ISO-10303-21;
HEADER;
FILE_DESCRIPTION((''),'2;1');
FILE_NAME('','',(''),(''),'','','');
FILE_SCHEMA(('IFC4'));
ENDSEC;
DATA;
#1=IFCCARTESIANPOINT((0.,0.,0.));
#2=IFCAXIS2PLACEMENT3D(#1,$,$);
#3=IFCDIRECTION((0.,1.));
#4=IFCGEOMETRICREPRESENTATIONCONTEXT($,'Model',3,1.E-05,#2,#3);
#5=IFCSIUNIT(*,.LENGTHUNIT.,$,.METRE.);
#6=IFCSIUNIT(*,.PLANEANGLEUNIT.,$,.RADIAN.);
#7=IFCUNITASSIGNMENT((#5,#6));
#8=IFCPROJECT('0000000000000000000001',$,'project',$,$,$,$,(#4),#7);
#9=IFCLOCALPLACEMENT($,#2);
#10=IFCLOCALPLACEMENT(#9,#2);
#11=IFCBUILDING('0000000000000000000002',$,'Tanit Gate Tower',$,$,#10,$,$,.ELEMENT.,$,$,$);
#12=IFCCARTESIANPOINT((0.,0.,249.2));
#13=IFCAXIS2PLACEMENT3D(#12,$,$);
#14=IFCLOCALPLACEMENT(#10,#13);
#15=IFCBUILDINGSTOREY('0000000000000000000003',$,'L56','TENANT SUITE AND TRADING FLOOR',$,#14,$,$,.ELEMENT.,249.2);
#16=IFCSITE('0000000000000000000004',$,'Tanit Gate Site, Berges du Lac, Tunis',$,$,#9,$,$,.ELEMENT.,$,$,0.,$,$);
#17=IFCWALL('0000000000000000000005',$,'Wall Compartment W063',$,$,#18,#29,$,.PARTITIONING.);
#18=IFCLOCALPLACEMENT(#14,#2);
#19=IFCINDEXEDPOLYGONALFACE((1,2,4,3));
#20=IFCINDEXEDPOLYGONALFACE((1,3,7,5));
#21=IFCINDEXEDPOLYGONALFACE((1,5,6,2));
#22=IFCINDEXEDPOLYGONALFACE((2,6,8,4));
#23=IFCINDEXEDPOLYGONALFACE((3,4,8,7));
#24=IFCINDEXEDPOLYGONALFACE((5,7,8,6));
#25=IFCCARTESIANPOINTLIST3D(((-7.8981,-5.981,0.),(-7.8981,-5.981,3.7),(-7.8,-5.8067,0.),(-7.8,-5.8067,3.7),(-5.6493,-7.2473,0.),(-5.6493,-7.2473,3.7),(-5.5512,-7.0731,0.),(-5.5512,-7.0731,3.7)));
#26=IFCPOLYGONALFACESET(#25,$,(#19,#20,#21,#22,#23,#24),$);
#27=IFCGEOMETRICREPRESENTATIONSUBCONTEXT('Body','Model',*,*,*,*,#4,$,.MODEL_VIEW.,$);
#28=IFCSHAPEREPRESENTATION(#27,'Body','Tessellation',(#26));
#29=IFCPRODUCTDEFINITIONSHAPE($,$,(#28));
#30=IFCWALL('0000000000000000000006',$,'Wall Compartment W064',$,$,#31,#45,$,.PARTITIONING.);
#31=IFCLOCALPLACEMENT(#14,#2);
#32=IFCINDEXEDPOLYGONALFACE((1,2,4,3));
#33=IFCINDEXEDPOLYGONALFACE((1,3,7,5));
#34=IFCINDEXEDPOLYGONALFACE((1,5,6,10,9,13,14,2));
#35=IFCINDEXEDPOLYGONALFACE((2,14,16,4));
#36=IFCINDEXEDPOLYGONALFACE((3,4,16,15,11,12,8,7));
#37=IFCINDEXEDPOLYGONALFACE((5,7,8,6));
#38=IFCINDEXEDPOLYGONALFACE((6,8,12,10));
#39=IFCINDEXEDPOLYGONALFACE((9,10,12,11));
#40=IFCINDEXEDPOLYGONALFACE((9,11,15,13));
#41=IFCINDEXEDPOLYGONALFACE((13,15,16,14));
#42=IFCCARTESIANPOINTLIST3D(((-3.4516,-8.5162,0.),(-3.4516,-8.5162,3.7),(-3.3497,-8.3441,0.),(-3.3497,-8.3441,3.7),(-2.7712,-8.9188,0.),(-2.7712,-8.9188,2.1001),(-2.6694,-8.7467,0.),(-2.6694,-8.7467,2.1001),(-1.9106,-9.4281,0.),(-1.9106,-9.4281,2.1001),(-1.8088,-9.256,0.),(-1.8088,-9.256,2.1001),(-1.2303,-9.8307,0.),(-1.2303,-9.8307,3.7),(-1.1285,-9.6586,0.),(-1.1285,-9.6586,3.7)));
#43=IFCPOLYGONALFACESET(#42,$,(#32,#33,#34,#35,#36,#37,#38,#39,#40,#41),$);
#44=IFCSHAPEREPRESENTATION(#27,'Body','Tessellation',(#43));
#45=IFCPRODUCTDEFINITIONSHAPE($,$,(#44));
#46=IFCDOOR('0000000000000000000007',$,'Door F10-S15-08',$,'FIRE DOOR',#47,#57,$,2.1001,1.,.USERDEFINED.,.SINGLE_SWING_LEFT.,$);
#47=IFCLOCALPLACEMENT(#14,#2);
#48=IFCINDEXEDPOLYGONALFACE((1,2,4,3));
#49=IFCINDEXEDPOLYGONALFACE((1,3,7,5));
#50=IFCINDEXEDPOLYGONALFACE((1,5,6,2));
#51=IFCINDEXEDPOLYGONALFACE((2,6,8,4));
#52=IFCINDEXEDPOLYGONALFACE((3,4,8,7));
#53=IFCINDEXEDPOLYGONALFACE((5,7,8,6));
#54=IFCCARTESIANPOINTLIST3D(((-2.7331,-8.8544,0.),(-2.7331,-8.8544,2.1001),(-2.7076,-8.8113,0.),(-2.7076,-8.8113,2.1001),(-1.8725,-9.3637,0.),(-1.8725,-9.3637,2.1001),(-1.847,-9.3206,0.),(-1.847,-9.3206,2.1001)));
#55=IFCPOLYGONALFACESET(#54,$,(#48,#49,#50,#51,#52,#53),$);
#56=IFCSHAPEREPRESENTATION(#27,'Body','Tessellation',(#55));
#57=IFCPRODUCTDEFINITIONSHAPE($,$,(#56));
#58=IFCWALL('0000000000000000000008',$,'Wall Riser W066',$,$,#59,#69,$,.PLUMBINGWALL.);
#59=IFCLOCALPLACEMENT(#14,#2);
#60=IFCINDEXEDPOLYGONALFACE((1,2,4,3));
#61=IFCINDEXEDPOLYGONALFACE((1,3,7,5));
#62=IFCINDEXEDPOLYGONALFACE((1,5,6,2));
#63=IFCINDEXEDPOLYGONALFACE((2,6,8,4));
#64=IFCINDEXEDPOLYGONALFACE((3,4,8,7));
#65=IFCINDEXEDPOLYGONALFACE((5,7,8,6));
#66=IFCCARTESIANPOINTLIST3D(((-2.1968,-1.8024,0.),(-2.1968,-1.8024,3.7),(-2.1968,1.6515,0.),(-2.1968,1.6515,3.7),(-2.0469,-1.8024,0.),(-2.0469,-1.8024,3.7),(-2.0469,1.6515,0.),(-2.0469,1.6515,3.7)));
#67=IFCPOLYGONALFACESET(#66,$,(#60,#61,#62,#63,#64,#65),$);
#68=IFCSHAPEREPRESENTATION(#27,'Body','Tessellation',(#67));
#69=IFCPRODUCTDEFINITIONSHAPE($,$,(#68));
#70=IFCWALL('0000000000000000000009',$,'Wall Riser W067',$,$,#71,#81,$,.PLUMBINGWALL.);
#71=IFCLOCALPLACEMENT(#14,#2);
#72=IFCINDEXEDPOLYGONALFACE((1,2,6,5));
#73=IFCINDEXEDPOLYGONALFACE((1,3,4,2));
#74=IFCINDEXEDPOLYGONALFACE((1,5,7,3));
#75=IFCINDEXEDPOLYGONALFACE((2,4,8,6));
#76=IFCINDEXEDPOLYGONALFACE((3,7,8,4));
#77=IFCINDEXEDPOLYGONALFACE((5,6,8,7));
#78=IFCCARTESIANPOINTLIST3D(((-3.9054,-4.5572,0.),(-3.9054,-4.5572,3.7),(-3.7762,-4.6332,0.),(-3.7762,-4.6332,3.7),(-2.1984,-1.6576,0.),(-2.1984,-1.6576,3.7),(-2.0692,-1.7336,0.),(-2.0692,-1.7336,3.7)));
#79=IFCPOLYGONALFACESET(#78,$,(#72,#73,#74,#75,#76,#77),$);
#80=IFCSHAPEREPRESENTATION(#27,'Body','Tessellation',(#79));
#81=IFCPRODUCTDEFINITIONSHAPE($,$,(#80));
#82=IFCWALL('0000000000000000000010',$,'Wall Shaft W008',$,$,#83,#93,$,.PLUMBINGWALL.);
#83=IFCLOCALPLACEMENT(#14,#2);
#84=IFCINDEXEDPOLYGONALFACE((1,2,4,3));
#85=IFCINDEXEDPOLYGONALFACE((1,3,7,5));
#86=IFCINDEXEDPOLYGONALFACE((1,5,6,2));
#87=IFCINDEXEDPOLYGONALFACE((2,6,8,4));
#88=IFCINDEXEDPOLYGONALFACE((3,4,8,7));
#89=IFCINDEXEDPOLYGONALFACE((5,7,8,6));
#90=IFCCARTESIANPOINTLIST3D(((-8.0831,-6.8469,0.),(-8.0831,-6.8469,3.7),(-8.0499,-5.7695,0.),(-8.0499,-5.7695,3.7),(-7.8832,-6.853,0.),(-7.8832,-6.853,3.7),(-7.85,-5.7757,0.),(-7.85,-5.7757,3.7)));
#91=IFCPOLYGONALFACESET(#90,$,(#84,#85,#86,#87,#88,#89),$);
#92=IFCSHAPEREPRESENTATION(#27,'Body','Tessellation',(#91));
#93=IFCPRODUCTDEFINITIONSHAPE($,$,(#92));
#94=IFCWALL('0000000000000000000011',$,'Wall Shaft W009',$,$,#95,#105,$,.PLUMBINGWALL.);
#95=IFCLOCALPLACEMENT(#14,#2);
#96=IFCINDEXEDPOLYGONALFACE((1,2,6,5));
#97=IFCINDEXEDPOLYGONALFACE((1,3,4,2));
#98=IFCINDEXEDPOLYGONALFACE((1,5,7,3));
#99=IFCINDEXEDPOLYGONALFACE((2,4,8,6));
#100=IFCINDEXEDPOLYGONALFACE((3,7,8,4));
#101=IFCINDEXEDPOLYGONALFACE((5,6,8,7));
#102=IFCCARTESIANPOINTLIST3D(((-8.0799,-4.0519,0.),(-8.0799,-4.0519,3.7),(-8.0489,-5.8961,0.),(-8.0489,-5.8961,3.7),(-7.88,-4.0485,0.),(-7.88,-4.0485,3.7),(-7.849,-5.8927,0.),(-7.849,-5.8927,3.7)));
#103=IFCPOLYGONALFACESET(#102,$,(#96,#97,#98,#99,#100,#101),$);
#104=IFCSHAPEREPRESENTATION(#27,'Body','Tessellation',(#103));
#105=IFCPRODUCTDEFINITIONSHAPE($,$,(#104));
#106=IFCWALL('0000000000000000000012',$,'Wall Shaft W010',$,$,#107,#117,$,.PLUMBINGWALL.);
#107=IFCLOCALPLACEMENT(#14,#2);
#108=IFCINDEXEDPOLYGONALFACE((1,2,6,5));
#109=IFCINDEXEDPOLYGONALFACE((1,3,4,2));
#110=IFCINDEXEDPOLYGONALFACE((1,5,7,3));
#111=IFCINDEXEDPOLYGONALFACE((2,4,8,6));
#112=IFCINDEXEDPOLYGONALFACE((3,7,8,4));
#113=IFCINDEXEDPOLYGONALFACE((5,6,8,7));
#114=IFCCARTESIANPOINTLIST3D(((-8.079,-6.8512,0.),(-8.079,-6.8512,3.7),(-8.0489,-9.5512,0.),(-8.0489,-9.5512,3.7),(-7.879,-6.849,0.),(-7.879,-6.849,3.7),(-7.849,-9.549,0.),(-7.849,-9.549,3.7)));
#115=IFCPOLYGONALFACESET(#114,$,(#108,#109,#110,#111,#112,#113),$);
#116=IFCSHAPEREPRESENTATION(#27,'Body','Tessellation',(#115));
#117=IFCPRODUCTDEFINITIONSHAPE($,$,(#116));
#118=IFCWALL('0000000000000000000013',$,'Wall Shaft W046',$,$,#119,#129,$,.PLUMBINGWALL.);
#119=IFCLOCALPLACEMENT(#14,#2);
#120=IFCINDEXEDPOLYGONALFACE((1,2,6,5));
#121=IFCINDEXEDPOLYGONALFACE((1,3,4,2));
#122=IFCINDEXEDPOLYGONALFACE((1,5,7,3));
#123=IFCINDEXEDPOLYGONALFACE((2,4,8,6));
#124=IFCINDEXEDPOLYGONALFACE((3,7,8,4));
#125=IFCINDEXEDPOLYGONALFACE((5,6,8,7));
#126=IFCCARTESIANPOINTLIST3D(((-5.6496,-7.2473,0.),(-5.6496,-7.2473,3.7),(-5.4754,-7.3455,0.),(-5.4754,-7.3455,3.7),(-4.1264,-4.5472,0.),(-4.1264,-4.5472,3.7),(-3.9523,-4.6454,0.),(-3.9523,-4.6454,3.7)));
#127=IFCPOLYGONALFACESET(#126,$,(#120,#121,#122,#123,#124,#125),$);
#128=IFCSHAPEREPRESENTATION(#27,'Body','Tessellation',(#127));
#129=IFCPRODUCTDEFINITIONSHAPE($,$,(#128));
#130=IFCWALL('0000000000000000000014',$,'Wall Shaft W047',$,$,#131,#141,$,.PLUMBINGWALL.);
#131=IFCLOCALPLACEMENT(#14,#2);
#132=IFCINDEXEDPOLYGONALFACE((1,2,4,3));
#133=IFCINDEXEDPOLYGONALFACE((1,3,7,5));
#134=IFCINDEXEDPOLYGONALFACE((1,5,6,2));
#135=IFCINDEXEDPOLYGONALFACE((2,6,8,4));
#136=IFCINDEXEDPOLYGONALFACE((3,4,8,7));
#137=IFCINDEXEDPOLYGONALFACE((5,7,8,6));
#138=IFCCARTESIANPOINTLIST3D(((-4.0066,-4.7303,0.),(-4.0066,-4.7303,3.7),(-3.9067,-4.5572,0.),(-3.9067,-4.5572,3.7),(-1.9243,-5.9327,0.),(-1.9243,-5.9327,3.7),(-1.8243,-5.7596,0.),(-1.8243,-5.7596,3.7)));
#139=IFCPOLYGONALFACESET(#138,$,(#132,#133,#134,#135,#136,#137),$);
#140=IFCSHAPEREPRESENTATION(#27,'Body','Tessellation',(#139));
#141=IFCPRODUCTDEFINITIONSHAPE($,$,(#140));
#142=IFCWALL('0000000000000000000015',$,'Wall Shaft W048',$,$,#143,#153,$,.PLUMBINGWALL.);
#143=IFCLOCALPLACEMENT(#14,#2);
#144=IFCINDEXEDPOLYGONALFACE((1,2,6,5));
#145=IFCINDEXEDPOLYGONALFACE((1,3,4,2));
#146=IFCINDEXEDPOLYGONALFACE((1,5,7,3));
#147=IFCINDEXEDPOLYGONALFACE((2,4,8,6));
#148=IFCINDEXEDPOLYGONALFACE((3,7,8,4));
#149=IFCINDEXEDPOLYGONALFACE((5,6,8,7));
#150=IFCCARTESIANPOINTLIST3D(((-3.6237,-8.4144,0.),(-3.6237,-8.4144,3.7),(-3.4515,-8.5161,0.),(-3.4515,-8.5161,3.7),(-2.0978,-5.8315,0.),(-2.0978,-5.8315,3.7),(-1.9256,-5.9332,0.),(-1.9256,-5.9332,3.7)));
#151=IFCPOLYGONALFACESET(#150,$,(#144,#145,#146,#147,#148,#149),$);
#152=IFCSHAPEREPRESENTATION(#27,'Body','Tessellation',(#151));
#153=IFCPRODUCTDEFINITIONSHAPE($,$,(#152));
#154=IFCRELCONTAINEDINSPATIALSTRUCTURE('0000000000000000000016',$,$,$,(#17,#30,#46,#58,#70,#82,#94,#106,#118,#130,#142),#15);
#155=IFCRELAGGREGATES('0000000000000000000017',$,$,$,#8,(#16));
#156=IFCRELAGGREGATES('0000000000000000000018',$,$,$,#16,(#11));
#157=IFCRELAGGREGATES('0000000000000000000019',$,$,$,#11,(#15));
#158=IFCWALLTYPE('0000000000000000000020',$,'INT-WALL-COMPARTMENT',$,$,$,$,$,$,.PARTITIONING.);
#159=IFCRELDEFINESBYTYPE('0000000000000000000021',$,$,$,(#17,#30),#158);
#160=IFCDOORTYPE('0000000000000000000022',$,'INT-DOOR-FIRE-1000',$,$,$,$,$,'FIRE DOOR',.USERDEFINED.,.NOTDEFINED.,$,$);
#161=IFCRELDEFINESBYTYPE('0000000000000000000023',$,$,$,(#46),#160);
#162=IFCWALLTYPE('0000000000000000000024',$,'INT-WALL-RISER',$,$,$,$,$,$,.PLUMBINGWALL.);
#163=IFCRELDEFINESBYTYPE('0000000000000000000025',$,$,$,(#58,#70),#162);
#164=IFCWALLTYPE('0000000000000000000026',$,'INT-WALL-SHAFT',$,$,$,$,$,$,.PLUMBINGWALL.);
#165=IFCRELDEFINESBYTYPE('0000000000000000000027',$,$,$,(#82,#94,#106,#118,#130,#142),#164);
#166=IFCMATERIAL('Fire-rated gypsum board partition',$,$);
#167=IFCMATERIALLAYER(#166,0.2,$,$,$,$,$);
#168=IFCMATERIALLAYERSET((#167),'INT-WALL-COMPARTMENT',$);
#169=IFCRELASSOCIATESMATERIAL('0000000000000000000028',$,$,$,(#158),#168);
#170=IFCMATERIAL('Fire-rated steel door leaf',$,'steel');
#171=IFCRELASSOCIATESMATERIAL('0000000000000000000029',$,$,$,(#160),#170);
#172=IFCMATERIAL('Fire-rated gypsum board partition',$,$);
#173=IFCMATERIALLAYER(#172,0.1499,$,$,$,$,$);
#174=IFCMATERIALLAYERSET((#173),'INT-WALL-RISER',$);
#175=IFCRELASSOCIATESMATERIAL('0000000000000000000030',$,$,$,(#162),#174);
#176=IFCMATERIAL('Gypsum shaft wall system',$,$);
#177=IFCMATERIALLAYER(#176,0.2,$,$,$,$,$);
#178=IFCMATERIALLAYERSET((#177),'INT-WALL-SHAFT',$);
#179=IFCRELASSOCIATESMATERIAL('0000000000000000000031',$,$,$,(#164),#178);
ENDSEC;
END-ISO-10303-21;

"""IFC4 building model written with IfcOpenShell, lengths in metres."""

from ifc_helpers import new_model, si_unit, direction, frame, frame_2d, origin, place, context, subcontext, project, spatial, rectangle, extrude, material, layer, layer_set, type_object, element, fill, save


model = new_model("IFC4")

# Units and contexts
model_context = context("Model", 3, precision=1e-05, world=origin(), true_north=direction((0.0, 1.0)))
body_context = subcontext(model_context, "Body", "Model", "MODEL_VIEW")
ifc_project = project(units=[si_unit("LENGTHUNIT", "METRE"), si_unit("PLANEANGLEUNIT", "RADIAN")], contexts=[model_context])

# Site, building, storey
site_placement = place(None, origin())
site = spatial("IfcSite", under=ifc_project, at=site_placement, Name="Tanit Gate Site, Berges du Lac, Tunis", CompositionType="ELEMENT", RefElevation=0.0)
building_placement = place(site_placement, origin())
building = spatial("IfcBuilding", under=site, at=building_placement, Name="Tanit Gate Tower", CompositionType="ELEMENT")
storey_placement = place(building_placement, frame((0.0, 0.0, 249.2)))
storey = spatial("IfcBuildingStorey", under=building, at=storey_placement, Name="L56", Description="TENANT SUITE AND TRADING FLOOR", CompositionType="ELEMENT", Elevation=249.2)

# Wall
ifc_material_1 = material(Name="Fire-rated gypsum board partition")
ifc_layer_1 = layer(ifc_material_1, 0.2)
ifc_layer_set_1 = layer_set([ifc_layer_1], Name="INT-WALL-COMPARTMENT")
wall_type_1 = type_object("IfcWallType", Name="INT-WALL-COMPARTMENT", PredefinedType="PARTITIONING", material=ifc_layer_set_1)
wall_1_placement = place(storey_placement, frame((-7.8491, -5.8938, 0.0), z_axis=(0.0, 0.0, 1.0), x_axis=(0.87134, -0.490679, 0.0)))
element("IfcWall", 1, at=wall_1_placement, inside=storey, type_object=wall_type_1, Name="Wall Compartment W063", PredefinedType="PARTITIONING", context=body_context, shape_type="SweptSolid", body=[
    extrude(rectangle(XDim=2.5808, YDim=0.2, at=frame_2d((1.2905, 0.0))), origin(), (0.0, 0.0, 1.0), 3.7),
])

# Wall, opening, door
wall_2_placement = place(storey_placement, frame((-3.4006, -8.4302, 0.0), z_axis=(0.0, 0.0, 1.0), x_axis=(0.860599, -0.509284, 0.0)))
wall_2 = element("IfcWall", 2, at=wall_2_placement, inside=storey, type_object=wall_type_1, Name="Wall Compartment W064", PredefinedType="PARTITIONING", context=body_context, shape_type="SweptSolid", body=[
    extrude(rectangle(XDim=2.5811, YDim=0.2, at=frame_2d((1.2905, 0.0))), origin(), (0.0, 0.0, 1.0), 3.7),
])
opening_1_placement = place(wall_2_placement, frame((0.7905, 0.0, 0.0)))
opening_1 = element("IfcOpeningElement", 3, at=opening_1_placement, cuts=wall_2, PredefinedType="OPENING", context=body_context, shape_type="SweptSolid", body=[
    extrude(rectangle(XDim=1.0, YDim=2.1001, at=frame_2d((0.5, 1.05))), frame((0.0, 0.1099, 0.0), z_axis=(0.0, -1.0, 0.0), x_axis=(1.0, 0.0, 0.0)), (0.0, 0.0, 1.0), 0.22),
])
ifc_material_2 = material(Name="Fire-rated steel door leaf", Category="steel")
door_type_1 = type_object("IfcDoorType", Name="INT-DOOR-FIRE-1000", ElementType="FIRE DOOR", OperationType="NOTDEFINED", PredefinedType="USERDEFINED", material=ifc_material_2)
door_1_placement = place(opening_1_placement, origin())
door_1 = element("IfcDoor", 4, at=door_1_placement, inside=storey, type_object=door_type_1, Name="Door F10-S15-08", ObjectType="FIRE DOOR", OperationType="SINGLE_SWING_LEFT", OverallHeight=2.1001, OverallWidth=1.0, PredefinedType="USERDEFINED", context=body_context, shape_type="SweptSolid", body=[
    extrude(rectangle(XDim=1.0, YDim=2.1001, at=frame_2d((0.5, 1.05))), frame((0.0, 0.0249, 0.0), z_axis=(0.0, -1.0, 0.0), x_axis=(1.0, 0.0, 0.0)), (0.0, 0.0, 1.0), 0.05),
])
fill(opening_1, door_1)

# Walls
ifc_material_3 = material(Name="Fire-rated gypsum board partition")
ifc_layer_2 = layer(ifc_material_3, 0.1499)
ifc_layer_set_2 = layer_set([ifc_layer_2], Name="INT-WALL-RISER")
wall_type_2 = type_object("IfcWallType", Name="INT-WALL-RISER", PredefinedType="PLUMBINGWALL", material=ifc_layer_set_2)
wall_3_placement = place(storey_placement, frame((-2.1218, -1.8025, 0.0), z_axis=(0.0, 0.0, 1.0), x_axis=(0.0, 1.0, 0.0)))
element("IfcWall", 5, at=wall_3_placement, inside=storey, type_object=wall_type_2, Name="Wall Riser W066", PredefinedType="PLUMBINGWALL", context=body_context, shape_type="SweptSolid", body=[
    extrude(rectangle(XDim=3.4539, YDim=0.1499, at=frame_2d((1.7271, 0.0))), origin(), (0.0, 0.0, 1.0), 3.7),
])
wall_4_placement = place(storey_placement, frame((-3.8408, -4.5952, 0.0), z_axis=(0.0, 0.0, 1.0), x_axis=(0.507318, 0.861759, 0.0)))
element("IfcWall", 6, at=wall_4_placement, inside=storey, type_object=wall_type_2, Name="Wall Riser W067", PredefinedType="PLUMBINGWALL", context=body_context, shape_type="SweptSolid", body=[
    extrude(rectangle(XDim=3.3647, YDim=0.1499, at=frame_2d((1.6824, 0.0))), origin(), (0.0, 0.0, 1.0), 3.7),
])
ifc_material_4 = material(Name="Gypsum shaft wall system")
ifc_layer_3 = layer(ifc_material_4, 0.2)
ifc_layer_set_3 = layer_set([ifc_layer_3], Name="INT-WALL-SHAFT")
wall_type_3 = type_object("IfcWallType", Name="INT-WALL-SHAFT", PredefinedType="PLUMBINGWALL", material=ifc_layer_set_3)
wall_5_placement = place(storey_placement, frame((-7.95, -5.7725, 0.0), z_axis=(0.0, 0.0, 1.0), x_axis=(-0.030803, -0.999525, 0.0)))
element("IfcWall", 7, at=wall_5_placement, inside=storey, type_object=wall_type_3, Name="Wall Shaft W008", PredefinedType="PLUMBINGWALL", context=body_context, shape_type="SweptSolid", body=[
    extrude(rectangle(XDim=1.0779, YDim=0.2, at=frame_2d((0.5391, 0.0))), origin(), (0.0, 0.0, 1.0), 3.7),
])
wall_6_placement = place(storey_placement, frame((-7.98, -4.05, 0.0), z_axis=(0.0, 0.0, 1.0), x_axis=(0.01681, -0.999859, 0.0)))
element("IfcWall", 8, at=wall_6_placement, inside=storey, type_object=wall_type_3, Name="Wall Shaft W009", PredefinedType="PLUMBINGWALL", context=body_context, shape_type="SweptSolid", body=[
    extrude(rectangle(XDim=1.8445, YDim=0.2, at=frame_2d((0.9224, 0.0))), origin(), (0.0, 0.0, 1.0), 3.7),
])
wall_7_placement = place(storey_placement, frame((-7.979, -6.8501, 0.0), z_axis=(0.0, 0.0, 1.0), x_axis=(0.011121, -0.999938, 0.0)))
element("IfcWall", 9, at=wall_7_placement, inside=storey, type_object=wall_type_3, Name="Wall Shaft W010", PredefinedType="PLUMBINGWALL", context=body_context, shape_type="SweptSolid", body=[
    extrude(rectangle(XDim=2.7002, YDim=0.2, at=frame_2d((1.3501, 0.0))), origin(), (0.0, 0.0, 1.0), 3.7),
])

# Walls
wall_8_placement = place(storey_placement, frame((-5.5625, -7.2964, 0.0), z_axis=(0.0, 0.0, 1.0), x_axis=(0.491323, 0.870978, 0.0)))
element("IfcWall", 10, at=wall_8_placement, inside=storey, type_object=wall_type_3, Name="Wall Shaft W046", PredefinedType="PLUMBINGWALL", context=body_context, shape_type="SweptSolid", body=[
    extrude(rectangle(XDim=3.1001, YDim=0.2, at=frame_2d((1.55, 0.0))), origin(), (0.0, 0.0, 1.0), 3.7),
])
wall_9_placement = place(storey_placement, frame((-3.9565, -4.6438, 0.0), z_axis=(0.0, 0.0, 1.0), x_axis=(0.865991, -0.500059, 0.0)))
element("IfcWall", 11, at=wall_9_placement, inside=storey, type_object=wall_type_3, Name="Wall Shaft W047", PredefinedType="PLUMBINGWALL", context=body_context, shape_type="SweptSolid", body=[
    extrude(rectangle(XDim=2.4045, YDim=0.2, at=frame_2d((1.2021, 0.0))), origin(), (0.0, 0.0, 1.0), 3.7),
])
wall_10_placement = place(storey_placement, frame((-2.0117, -5.8823, 0.0), z_axis=(0.0, 0.0, 1.0), x_axis=(-0.50862, -0.860991, 0.0)))
element("IfcWall", 12, at=wall_10_placement, inside=storey, type_object=wall_type_3, Name="Wall Shaft W048", PredefinedType="PLUMBINGWALL", context=body_context, shape_type="SweptSolid", body=[
    extrude(rectangle(XDim=3.0, YDim=0.2, at=frame_2d((1.5, 0.0))), origin(), (0.0, 0.0, 1.0), 3.7),
])

save(model, "model.ifc")
